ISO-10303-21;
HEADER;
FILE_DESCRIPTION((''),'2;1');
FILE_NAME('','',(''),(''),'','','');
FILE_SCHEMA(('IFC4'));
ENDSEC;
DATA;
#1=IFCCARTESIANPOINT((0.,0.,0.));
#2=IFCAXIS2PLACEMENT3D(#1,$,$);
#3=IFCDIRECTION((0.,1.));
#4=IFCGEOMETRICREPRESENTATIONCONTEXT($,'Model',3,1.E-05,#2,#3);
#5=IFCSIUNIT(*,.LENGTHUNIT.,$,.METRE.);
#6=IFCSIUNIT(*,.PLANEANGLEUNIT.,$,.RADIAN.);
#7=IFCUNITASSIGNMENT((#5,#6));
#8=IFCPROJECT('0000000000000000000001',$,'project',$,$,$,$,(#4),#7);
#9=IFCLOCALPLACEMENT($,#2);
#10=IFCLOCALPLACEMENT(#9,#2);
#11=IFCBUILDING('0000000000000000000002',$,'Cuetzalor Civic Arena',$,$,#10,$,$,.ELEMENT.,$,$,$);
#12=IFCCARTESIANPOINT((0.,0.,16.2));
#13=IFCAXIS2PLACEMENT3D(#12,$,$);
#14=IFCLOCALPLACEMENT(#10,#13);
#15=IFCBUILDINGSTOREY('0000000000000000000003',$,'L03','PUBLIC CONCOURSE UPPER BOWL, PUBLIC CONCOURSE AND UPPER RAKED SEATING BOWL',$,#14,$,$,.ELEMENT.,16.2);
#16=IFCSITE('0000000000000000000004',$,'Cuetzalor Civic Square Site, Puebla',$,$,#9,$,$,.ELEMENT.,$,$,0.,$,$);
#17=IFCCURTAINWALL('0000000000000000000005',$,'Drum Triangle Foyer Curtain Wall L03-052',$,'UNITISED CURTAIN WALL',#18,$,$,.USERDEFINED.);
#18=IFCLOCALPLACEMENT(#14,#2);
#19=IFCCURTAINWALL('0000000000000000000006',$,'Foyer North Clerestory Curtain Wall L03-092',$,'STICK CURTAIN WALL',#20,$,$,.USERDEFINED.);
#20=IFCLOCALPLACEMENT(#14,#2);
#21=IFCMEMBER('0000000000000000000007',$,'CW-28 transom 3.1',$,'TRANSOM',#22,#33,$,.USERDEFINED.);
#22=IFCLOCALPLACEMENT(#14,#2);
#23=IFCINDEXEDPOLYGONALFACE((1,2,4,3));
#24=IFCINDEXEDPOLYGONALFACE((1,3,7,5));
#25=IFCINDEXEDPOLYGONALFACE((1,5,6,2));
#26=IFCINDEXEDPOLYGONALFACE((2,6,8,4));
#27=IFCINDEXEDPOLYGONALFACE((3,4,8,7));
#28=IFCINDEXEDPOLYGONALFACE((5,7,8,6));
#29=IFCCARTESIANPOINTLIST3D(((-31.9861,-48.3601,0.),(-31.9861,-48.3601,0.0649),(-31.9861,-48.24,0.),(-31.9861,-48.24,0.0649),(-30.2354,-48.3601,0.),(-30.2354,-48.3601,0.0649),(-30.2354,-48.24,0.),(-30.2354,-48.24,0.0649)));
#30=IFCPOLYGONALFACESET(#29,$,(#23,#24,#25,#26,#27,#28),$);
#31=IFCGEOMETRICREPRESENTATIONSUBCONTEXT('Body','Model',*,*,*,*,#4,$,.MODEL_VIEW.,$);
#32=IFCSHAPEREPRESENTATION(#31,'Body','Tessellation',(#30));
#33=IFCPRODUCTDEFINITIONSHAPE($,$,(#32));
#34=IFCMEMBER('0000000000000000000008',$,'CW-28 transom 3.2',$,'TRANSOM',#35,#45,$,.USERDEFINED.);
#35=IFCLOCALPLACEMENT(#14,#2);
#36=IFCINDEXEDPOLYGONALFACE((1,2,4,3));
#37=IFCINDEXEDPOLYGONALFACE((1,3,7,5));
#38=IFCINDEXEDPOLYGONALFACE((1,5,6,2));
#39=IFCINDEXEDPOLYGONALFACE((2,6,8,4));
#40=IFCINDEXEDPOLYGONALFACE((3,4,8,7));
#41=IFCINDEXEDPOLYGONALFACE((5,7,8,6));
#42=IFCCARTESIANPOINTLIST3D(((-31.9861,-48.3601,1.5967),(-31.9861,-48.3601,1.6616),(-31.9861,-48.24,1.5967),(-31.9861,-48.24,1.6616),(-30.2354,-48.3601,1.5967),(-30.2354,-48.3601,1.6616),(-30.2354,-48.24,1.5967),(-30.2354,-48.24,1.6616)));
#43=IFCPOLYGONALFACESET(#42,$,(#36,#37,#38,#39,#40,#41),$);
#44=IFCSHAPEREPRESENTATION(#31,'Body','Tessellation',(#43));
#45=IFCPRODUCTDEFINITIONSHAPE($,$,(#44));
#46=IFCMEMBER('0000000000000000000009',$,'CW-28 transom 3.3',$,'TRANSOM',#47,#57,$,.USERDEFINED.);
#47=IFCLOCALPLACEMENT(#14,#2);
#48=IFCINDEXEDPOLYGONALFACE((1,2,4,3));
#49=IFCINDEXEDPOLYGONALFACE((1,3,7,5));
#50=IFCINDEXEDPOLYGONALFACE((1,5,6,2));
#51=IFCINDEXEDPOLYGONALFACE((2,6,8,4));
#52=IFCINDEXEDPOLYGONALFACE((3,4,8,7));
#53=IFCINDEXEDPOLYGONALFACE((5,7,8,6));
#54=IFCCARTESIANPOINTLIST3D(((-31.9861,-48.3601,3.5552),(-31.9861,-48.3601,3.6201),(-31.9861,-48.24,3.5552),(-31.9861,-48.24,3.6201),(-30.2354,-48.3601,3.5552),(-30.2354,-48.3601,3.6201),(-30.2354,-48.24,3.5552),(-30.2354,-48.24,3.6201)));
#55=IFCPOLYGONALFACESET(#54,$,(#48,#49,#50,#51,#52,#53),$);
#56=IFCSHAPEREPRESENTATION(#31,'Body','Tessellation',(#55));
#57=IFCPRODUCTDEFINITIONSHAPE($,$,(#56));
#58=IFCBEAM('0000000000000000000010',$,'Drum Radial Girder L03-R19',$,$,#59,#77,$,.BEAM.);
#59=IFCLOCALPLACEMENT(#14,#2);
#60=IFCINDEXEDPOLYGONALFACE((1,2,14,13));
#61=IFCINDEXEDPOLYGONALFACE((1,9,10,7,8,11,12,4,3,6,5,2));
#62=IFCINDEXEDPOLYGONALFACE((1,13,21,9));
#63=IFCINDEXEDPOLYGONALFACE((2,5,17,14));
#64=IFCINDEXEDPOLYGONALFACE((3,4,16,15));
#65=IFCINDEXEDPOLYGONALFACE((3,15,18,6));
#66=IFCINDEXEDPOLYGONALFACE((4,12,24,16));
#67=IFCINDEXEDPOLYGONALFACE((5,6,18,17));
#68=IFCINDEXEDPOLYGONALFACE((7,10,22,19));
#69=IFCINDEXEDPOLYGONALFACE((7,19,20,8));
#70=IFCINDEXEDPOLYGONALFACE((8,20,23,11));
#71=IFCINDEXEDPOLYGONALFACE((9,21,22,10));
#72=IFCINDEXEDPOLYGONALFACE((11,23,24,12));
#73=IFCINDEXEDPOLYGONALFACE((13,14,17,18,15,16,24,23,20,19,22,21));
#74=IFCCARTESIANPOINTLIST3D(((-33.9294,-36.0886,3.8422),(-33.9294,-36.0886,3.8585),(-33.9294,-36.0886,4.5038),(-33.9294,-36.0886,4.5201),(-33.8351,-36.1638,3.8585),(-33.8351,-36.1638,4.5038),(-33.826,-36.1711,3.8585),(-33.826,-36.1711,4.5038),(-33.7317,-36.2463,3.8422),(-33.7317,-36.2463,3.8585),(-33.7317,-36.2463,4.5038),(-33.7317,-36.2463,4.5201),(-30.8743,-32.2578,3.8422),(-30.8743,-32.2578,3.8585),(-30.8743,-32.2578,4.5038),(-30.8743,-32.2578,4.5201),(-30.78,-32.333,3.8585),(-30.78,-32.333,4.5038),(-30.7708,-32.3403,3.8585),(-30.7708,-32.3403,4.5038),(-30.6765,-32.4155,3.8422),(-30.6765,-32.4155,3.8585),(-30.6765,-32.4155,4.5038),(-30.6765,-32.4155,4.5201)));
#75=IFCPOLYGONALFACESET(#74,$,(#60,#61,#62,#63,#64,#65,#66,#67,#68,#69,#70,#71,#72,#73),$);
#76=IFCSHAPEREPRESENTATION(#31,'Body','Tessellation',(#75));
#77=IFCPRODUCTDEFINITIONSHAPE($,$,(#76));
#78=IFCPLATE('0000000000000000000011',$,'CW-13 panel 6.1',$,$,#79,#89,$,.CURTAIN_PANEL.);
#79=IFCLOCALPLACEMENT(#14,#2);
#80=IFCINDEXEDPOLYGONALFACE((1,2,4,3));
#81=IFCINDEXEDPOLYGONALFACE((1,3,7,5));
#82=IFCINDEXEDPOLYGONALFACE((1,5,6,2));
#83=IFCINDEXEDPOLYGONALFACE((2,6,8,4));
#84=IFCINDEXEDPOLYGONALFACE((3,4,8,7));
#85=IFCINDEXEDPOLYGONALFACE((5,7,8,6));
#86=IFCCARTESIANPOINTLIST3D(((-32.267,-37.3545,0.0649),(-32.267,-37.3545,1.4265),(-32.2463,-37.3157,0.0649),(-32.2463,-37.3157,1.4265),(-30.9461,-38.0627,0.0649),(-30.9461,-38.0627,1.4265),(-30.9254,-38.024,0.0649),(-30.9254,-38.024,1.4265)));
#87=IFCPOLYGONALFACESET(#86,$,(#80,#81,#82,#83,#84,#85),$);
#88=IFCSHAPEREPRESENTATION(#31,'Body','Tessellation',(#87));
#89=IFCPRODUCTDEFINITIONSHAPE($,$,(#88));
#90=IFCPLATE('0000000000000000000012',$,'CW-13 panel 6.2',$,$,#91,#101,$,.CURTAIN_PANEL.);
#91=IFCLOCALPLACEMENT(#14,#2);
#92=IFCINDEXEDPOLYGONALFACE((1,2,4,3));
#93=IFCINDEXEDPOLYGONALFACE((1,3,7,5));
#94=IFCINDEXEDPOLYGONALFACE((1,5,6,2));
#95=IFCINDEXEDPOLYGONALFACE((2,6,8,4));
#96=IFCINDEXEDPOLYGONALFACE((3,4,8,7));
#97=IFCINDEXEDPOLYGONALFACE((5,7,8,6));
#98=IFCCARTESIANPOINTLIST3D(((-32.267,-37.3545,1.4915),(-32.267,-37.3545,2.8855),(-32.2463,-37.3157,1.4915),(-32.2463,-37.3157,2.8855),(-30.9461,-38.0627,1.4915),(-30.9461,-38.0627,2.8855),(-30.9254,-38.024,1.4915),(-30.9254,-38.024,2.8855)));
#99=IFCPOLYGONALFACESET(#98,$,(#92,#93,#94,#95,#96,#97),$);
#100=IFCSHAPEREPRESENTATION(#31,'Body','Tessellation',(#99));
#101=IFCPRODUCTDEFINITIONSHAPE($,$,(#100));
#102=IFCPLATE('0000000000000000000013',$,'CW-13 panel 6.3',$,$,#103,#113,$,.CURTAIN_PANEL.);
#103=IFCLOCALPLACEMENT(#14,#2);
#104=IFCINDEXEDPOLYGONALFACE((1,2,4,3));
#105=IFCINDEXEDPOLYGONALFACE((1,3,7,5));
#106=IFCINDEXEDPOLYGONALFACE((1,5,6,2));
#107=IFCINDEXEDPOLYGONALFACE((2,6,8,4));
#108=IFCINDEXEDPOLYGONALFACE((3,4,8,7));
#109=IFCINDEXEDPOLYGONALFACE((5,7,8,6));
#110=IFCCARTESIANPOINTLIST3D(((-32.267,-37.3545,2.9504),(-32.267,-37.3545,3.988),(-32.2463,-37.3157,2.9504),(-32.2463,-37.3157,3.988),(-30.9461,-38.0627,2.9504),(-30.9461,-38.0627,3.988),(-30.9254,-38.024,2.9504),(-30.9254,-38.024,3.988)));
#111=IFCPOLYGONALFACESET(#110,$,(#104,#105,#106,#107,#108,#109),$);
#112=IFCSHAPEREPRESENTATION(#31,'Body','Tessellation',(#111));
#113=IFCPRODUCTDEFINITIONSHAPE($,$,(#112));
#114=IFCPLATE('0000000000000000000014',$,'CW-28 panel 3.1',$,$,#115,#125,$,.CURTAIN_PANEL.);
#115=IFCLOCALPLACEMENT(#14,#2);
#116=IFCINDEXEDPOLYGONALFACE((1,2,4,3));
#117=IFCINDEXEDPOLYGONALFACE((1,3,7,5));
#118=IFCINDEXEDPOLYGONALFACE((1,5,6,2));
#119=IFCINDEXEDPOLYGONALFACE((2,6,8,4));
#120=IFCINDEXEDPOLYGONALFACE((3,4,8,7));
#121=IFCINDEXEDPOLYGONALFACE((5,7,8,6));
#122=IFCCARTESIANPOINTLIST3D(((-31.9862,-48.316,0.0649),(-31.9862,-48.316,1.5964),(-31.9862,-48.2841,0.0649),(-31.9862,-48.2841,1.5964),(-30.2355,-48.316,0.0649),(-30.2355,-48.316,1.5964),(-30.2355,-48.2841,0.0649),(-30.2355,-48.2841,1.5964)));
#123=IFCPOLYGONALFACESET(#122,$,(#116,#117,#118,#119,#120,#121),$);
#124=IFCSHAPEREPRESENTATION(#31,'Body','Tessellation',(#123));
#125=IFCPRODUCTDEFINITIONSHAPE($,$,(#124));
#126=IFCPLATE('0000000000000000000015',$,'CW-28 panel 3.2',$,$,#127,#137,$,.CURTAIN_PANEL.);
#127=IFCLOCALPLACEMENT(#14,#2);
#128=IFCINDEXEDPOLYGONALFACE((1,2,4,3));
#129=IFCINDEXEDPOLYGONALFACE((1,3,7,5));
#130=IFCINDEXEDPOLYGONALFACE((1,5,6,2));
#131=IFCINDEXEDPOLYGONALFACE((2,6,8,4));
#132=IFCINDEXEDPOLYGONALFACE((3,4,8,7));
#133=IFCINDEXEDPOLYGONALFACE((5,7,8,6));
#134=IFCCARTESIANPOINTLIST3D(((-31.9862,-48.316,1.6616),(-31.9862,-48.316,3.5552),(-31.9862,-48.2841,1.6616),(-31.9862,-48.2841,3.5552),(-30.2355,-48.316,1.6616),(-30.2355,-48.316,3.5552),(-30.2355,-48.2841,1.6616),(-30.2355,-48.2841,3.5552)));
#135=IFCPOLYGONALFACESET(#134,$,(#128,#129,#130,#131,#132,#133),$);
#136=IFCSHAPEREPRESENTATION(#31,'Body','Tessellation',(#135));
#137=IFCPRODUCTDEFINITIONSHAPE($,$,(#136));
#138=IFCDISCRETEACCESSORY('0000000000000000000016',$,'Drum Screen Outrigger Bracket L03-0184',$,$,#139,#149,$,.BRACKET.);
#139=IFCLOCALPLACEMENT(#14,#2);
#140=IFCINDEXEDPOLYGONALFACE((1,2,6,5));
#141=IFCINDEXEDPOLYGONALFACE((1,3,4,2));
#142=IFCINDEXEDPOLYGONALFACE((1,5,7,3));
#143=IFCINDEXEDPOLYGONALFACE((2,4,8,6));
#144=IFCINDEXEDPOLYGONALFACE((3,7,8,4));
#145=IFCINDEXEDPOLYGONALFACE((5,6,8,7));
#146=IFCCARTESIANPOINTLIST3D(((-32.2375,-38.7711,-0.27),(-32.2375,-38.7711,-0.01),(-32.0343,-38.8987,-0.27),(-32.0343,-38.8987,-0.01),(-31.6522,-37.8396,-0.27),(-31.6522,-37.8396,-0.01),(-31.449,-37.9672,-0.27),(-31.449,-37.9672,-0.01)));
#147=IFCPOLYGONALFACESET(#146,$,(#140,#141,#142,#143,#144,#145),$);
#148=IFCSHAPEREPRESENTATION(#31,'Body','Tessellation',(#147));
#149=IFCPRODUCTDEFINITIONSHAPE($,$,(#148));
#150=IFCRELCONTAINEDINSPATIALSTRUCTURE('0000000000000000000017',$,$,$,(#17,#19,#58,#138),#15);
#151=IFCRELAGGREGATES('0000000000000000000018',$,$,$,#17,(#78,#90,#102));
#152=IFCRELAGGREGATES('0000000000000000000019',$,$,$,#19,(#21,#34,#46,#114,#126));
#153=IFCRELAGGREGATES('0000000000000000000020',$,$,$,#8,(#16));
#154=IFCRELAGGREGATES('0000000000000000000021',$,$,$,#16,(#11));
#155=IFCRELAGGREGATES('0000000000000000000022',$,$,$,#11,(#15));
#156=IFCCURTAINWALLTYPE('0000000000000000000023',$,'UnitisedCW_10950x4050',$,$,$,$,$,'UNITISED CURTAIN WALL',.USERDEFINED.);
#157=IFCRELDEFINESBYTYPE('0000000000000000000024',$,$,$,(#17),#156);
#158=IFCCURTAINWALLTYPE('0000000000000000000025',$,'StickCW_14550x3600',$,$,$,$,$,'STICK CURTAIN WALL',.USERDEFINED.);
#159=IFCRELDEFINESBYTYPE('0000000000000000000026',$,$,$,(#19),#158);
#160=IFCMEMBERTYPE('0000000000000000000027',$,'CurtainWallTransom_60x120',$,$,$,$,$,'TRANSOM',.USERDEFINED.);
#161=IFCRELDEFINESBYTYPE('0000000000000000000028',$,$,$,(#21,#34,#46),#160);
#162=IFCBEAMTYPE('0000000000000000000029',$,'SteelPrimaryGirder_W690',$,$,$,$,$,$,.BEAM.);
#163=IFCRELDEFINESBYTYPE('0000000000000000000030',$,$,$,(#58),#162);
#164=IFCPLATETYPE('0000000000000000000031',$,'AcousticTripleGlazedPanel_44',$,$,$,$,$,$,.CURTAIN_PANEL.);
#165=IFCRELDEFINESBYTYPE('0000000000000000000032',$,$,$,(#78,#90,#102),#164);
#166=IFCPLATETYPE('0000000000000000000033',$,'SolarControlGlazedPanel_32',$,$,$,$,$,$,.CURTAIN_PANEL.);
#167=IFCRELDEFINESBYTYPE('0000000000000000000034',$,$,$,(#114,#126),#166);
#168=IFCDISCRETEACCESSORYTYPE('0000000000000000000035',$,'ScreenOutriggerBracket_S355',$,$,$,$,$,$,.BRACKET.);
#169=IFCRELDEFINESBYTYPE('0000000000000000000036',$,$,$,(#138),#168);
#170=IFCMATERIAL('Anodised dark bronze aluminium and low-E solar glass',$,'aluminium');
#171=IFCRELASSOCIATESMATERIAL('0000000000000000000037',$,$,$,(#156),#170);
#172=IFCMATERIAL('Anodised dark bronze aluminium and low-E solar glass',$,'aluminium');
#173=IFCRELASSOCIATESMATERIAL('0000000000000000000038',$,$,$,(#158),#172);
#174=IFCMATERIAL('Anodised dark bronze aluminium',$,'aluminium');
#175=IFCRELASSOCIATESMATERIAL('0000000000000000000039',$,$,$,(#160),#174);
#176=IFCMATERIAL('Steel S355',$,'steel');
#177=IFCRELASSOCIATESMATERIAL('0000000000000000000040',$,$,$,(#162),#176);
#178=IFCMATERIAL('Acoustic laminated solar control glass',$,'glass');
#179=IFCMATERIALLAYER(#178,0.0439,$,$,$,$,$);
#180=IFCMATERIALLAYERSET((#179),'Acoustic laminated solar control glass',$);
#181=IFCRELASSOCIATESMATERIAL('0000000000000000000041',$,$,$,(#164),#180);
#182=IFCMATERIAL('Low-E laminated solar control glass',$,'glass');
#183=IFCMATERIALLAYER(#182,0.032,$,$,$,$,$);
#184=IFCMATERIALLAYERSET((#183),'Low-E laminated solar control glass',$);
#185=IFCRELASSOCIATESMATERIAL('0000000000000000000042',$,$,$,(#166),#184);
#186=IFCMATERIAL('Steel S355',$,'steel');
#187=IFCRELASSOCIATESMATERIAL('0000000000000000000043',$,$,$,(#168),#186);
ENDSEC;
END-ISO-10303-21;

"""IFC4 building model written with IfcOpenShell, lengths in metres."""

from ifc_helpers import new_model, si_unit, direction, frame, origin, origin_2d, place, context, subcontext, project, spatial, rectangle, i_section, extrude, material, layer, layer_set, material_profile, profile_set, type_object, element, aggregate, save


model = new_model("IFC4")

# Units and contexts
model_context = context("Model", 3, precision=1e-05, world=origin(), true_north=direction((0.0, 1.0)))
body_context = subcontext(model_context, "Body", "Model", "MODEL_VIEW")
ifc_project = project(units=[si_unit("LENGTHUNIT", "METRE"), si_unit("PLANEANGLEUNIT", "RADIAN")], contexts=[model_context])

# Site, building, storey
site_placement = place(None, origin())
site = spatial("IfcSite", under=ifc_project, at=site_placement, Name="Cuetzalor Civic Square Site, Puebla", CompositionType="ELEMENT", RefElevation=0.0)
building_placement = place(site_placement, origin())
building = spatial("IfcBuilding", under=site, at=building_placement, Name="Cuetzalor Civic Arena", CompositionType="ELEMENT")
storey_placement = place(building_placement, frame((0.0, 0.0, 16.2)))
storey = spatial("IfcBuildingStorey", under=building, at=storey_placement, Name="L03", Description="PUBLIC CONCOURSE UPPER BOWL, PUBLIC CONCOURSE AND UPPER RAKED SEATING BOWL", CompositionType="ELEMENT", Elevation=16.2)

# Curtain wall
ifc_material_1 = material(Name="Anodised dark bronze aluminium and low-E solar glass", Category="aluminium")
curtain_wall_type_1 = type_object("IfcCurtainWallType", Name="UnitisedCW_10950x4050", ElementType="UNITISED CURTAIN WALL", PredefinedType="USERDEFINED", material=ifc_material_1)
curtain_wall_1_placement = place(storey_placement, origin())
curtain_wall_1 = element("IfcCurtainWall", 1, at=curtain_wall_1_placement, inside=storey, type_object=curtain_wall_type_1, Name="Drum Triangle Foyer Curtain Wall L03-052", ObjectType="UNITISED CURTAIN WALL", PredefinedType="USERDEFINED")

# Curtain wall
ifc_material_2 = material(Name="Anodised dark bronze aluminium and low-E solar glass", Category="aluminium")
curtain_wall_type_2 = type_object("IfcCurtainWallType", Name="StickCW_14550x3600", ElementType="STICK CURTAIN WALL", PredefinedType="USERDEFINED", material=ifc_material_2)
curtain_wall_2_placement = place(storey_placement, origin())
curtain_wall_2 = element("IfcCurtainWall", 2, at=curtain_wall_2_placement, inside=storey, type_object=curtain_wall_type_2, Name="Foyer North Clerestory Curtain Wall L03-092", ObjectType="STICK CURTAIN WALL", PredefinedType="USERDEFINED")

# Members
ifc_material_3 = material(Name="Anodised dark bronze aluminium", Category="aluminium")
ifc_material_profile_1 = material_profile(ifc_material_3, rectangle(XDim=0.1201, YDim=0.0649, at=origin_2d()), Name="ALU TRANSOM 65x120")
ifc_profile_set_1 = profile_set([ifc_material_profile_1], Name="Anodised dark bronze aluminium")
member_type_1 = type_object("IfcMemberType", Name="CurtainWallTransom_60x120", ElementType="TRANSOM", PredefinedType="USERDEFINED", material=ifc_profile_set_1)
member_1_placement = place(storey_placement, frame((-31.9861, -48.3, 0.0325), z_axis=(1.0, 0.0, 0.0), x_axis=(0.0, 1.0, 0.0)))
member_1 = element("IfcMember", 3, at=member_1_placement, type_object=member_type_1, Name="CW-28 transom 3.1", ObjectType="TRANSOM", PredefinedType="USERDEFINED", context=body_context, shape_type="SweptSolid", body=[
    extrude(rectangle(XDim=0.1201, YDim=0.0649, at=origin_2d()), origin(), (0.0, 0.0, 1.0), 1.7507),
])
member_2_placement = place(storey_placement, frame((-31.9861, -48.3, 1.6292), z_axis=(1.0, 0.0, 0.0), x_axis=(0.0, 1.0, 0.0)))
member_2 = element("IfcMember", 4, at=member_2_placement, type_object=member_type_1, Name="CW-28 transom 3.2", ObjectType="TRANSOM", PredefinedType="USERDEFINED", context=body_context, shape_type="SweptSolid", body=[
    extrude(rectangle(XDim=0.1201, YDim=0.0649, at=origin_2d()), origin(), (0.0, 0.0, 1.0), 1.7507),
])
member_3_placement = place(storey_placement, frame((-31.9861, -48.3, 3.5876), z_axis=(1.0, 0.0, 0.0), x_axis=(0.0, 1.0, 0.0)))
member_3 = element("IfcMember", 5, at=member_3_placement, type_object=member_type_1, Name="CW-28 transom 3.3", ObjectType="TRANSOM", PredefinedType="USERDEFINED", context=body_context, shape_type="SweptSolid", body=[
    extrude(rectangle(XDim=0.1201, YDim=0.0649, at=origin_2d()), origin(), (0.0, 0.0, 1.0), 1.7507),
])

# Beam
ifc_material_4 = material(Name="Steel S355", Category="steel")
ifc_material_profile_2 = material_profile(ifc_material_4, i_section(OverallWidth=0.2529, OverallDepth=0.678, WebThickness=0.0117, FlangeThickness=0.0164, at=origin_2d()), Name="W690x125")
ifc_profile_set_2 = profile_set([ifc_material_profile_2], Name="Steel S355")
beam_type_1 = type_object("IfcBeamType", Name="SteelPrimaryGirder_W690", PredefinedType="BEAM", material=ifc_profile_set_2)
beam_1_placement = place(storey_placement, frame((-30.7754, -32.3367, 4.1812), z_axis=(-0.623516, -0.781811, 0.0), x_axis=(0.781811, -0.623516, 0.0)))
element("IfcBeam", 6, at=beam_1_placement, inside=storey, type_object=beam_type_1, Name="Drum Radial Girder L03-R19", PredefinedType="BEAM", context=body_context, shape_type="SweptSolid", body=[
    extrude(i_section(OverallWidth=0.2529, OverallDepth=0.678, WebThickness=0.0117, FlangeThickness=0.0164, at=origin_2d()), origin(), (0.0, 0.0, 1.0), 4.8999),
])

# Plates
ifc_material_5 = material(Name="Acoustic laminated solar control glass", Category="glass")
ifc_layer_1 = layer(ifc_material_5, 0.0439)
ifc_layer_set_1 = layer_set([ifc_layer_1], Name="Acoustic laminated solar control glass")
plate_type_1 = type_object("IfcPlateType", Name="AcousticTripleGlazedPanel_44", PredefinedType="CURTAIN_PANEL", material=ifc_layer_set_1)
plate_1_placement = place(storey_placement, frame((-31.5962, -37.6892, 0.0649), z_axis=(0.0, 0.0, 1.0), x_axis=(-0.881306, 0.472545, 0.0)))
plate_1 = element("IfcPlate", 7, at=plate_1_placement, type_object=plate_type_1, Name="CW-13 panel 6.1", PredefinedType="CURTAIN_PANEL", context=body_context, shape_type="SweptSolid", body=[
    extrude(rectangle(XDim=1.4988, YDim=0.0439, at=origin_2d()), origin(), (0.0, 0.0, 1.0), 1.3616),
])
plate_2_placement = place(storey_placement, frame((-31.5962, -37.6892, 1.4915), z_axis=(0.0, 0.0, 1.0), x_axis=(-0.881306, 0.472545, 0.0)))
plate_2 = element("IfcPlate", 8, at=plate_2_placement, type_object=plate_type_1, Name="CW-13 panel 6.2", PredefinedType="CURTAIN_PANEL", context=body_context, shape_type="SweptSolid", body=[
    extrude(rectangle(XDim=1.4988, YDim=0.0439, at=origin_2d()), origin(), (0.0, 0.0, 1.0), 1.394),
])
plate_3_placement = place(storey_placement, frame((-31.5962, -37.6892, 2.9504), z_axis=(0.0, 0.0, 1.0), x_axis=(-0.881306, 0.472545, 0.0)))
plate_3 = element("IfcPlate", 9, at=plate_3_placement, type_object=plate_type_1, Name="CW-13 panel 6.3", PredefinedType="CURTAIN_PANEL", context=body_context, shape_type="SweptSolid", body=[
    extrude(rectangle(XDim=1.4988, YDim=0.0439, at=origin_2d()), origin(), (0.0, 0.0, 1.0), 1.0376),
])
aggregate(curtain_wall_1, [plate_1, plate_2, plate_3])
ifc_material_6 = material(Name="Low-E laminated solar control glass", Category="glass")
ifc_layer_2 = layer(ifc_material_6, 0.032)
ifc_layer_set_2 = layer_set([ifc_layer_2], Name="Low-E laminated solar control glass")
plate_type_2 = type_object("IfcPlateType", Name="SolarControlGlazedPanel_32", PredefinedType="CURTAIN_PANEL", material=ifc_layer_set_2)
plate_4_placement = place(storey_placement, frame((-31.1108, -48.3, 0.0649), z_axis=(0.0, 0.0, 1.0), x_axis=(1.0, 0.0, 0.0)))
plate_4 = element("IfcPlate", 10, at=plate_4_placement, type_object=plate_type_2, Name="CW-28 panel 3.1", PredefinedType="CURTAIN_PANEL", context=body_context, shape_type="SweptSolid", body=[
    extrude(rectangle(XDim=1.7507, YDim=0.032, at=origin_2d()), origin(), (0.0, 0.0, 1.0), 1.5315),
])
plate_5_placement = place(storey_placement, frame((-31.1108, -48.3, 1.6616), z_axis=(0.0, 0.0, 1.0), x_axis=(1.0, 0.0, 0.0)))
plate_5 = element("IfcPlate", 11, at=plate_5_placement, type_object=plate_type_2, Name="CW-28 panel 3.2", PredefinedType="CURTAIN_PANEL", context=body_context, shape_type="SweptSolid", body=[
    extrude(rectangle(XDim=1.7507, YDim=0.032, at=origin_2d()), origin(), (0.0, 0.0, 1.0), 1.8936),
])
aggregate(curtain_wall_2, [member_1, member_2, member_3, plate_4, plate_5])

# Discrete accessory
ifc_material_7 = material(Name="Steel S355", Category="steel")
discrete_accessory_type = type_object("IfcDiscreteAccessoryType", Name="ScreenOutriggerBracket_S355", PredefinedType="BRACKET", material=ifc_material_7)
discrete_accessory_placement = place(storey_placement, frame((-31.8433, -38.3691, -0.27), z_axis=(0.0, 0.0, 1.0), x_axis=(-0.53199, -0.846751, 0.0)))
element("IfcDiscreteAccessory", 12, at=discrete_accessory_placement, inside=storey, type_object=discrete_accessory_type, Name="Drum Screen Outrigger Bracket L03-0184", PredefinedType="BRACKET", context=body_context, shape_type="SweptSolid", body=[
    extrude(rectangle(XDim=1.1001, YDim=0.24, at=origin_2d()), origin(), (0.0, 0.0, 1.0), 0.26),
])

save(model, "model.ifc")
